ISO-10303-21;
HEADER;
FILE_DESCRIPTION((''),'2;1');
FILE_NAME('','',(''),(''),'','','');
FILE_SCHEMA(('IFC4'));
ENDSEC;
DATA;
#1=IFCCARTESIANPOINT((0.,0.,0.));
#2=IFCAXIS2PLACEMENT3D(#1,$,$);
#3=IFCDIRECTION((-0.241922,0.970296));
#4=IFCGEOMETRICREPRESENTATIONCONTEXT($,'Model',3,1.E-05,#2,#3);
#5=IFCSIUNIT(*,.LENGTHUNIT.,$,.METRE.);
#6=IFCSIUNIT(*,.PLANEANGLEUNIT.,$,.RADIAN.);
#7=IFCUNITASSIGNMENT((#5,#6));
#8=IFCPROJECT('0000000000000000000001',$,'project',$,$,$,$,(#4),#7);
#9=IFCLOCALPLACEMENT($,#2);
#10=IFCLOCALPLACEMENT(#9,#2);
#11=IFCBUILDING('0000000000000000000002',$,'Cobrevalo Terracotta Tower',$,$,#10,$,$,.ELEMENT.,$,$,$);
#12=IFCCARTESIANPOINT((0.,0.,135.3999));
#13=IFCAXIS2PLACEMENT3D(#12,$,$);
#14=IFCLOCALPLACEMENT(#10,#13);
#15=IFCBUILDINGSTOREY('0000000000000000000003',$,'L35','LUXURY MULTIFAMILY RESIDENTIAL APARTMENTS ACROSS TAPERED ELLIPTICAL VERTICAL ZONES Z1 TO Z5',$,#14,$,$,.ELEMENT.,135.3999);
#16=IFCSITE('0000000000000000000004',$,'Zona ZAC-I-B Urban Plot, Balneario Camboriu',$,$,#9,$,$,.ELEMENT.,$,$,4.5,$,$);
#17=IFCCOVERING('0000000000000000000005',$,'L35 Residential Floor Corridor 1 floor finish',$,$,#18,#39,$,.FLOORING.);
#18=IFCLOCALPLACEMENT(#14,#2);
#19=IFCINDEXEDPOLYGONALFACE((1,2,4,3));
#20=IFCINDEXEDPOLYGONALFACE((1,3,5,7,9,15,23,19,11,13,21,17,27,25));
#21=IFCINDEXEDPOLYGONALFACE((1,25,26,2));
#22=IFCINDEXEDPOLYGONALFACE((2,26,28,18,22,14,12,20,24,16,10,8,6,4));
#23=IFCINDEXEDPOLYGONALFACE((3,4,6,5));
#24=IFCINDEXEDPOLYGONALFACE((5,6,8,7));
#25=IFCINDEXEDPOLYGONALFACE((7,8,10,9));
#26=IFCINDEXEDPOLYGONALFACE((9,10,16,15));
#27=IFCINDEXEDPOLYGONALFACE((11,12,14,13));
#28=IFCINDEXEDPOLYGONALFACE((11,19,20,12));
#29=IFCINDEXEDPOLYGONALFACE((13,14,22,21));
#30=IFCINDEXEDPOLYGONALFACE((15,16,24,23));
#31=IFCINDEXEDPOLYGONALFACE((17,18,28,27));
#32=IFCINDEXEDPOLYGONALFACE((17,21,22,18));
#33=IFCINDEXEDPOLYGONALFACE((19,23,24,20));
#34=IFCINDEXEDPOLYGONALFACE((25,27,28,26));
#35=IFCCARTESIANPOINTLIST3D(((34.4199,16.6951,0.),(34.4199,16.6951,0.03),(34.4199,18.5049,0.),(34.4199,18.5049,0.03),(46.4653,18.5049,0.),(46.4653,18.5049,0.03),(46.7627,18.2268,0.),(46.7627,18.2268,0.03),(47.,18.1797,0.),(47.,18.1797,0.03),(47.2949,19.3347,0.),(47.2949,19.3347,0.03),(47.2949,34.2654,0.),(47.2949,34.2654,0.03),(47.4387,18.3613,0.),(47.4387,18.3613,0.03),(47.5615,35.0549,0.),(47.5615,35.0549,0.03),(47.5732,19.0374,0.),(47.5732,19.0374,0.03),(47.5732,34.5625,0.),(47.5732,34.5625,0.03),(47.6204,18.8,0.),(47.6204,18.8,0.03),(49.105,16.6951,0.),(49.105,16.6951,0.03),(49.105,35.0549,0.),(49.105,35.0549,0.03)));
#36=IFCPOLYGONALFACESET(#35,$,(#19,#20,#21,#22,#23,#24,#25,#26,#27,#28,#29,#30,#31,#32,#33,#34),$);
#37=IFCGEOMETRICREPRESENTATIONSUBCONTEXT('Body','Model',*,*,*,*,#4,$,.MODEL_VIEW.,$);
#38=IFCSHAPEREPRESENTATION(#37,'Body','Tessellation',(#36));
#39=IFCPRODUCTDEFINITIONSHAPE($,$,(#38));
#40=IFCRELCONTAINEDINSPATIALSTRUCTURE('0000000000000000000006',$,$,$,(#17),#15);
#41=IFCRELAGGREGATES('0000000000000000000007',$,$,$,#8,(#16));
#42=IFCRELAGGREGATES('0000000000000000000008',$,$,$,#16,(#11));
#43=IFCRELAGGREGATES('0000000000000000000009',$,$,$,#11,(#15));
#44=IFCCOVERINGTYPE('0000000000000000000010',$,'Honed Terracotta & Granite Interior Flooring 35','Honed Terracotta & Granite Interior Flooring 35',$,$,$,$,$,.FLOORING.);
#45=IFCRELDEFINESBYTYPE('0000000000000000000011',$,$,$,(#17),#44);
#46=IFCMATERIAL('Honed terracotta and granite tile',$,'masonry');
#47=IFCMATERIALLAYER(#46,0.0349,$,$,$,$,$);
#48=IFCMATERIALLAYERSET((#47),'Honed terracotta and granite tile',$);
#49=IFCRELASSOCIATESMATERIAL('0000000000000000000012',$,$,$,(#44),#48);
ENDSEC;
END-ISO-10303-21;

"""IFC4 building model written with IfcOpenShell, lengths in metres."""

from ifc_helpers import new_model, si_unit, direction, frame, origin, place, context, subcontext, project, spatial, polyline, outline, extrude, material, layer, layer_set, type_object, element, save


model = new_model("IFC4")

# Units and contexts
model_context = context("Model", 3, precision=1e-05, world=origin(), true_north=direction((-0.241922, 0.970296)))
body_context = subcontext(model_context, "Body", "Model", "MODEL_VIEW")
ifc_project = project(units=[si_unit("LENGTHUNIT", "METRE"), si_unit("PLANEANGLEUNIT", "RADIAN")], contexts=[model_context])

# Site, building, storey
site_placement = place(None, origin())
site = spatial("IfcSite", under=ifc_project, at=site_placement, Name="Zona ZAC-I-B Urban Plot, Balneario Camboriu", CompositionType="ELEMENT", RefElevation=4.5)
building_placement = place(site_placement, origin())
building = spatial("IfcBuilding", under=site, at=building_placement, Name="Cobrevalo Terracotta Tower", CompositionType="ELEMENT")
storey_placement = place(building_placement, frame((0.0, 0.0, 135.3999)))
storey = spatial("IfcBuildingStorey", under=building, at=storey_placement, Name="L35", Description="LUXURY MULTIFAMILY RESIDENTIAL APARTMENTS ACROSS TAPERED ELLIPTICAL VERTICAL ZONES Z1 TO Z5", CompositionType="ELEMENT", Elevation=135.3999)

# Covering
ifc_material_1 = material(Name="Honed terracotta and granite tile", Category="masonry")
ifc_layer_1 = layer(ifc_material_1, 0.0349)
ifc_layer_set_1 = layer_set([ifc_layer_1], Name="Honed terracotta and granite tile")
covering_type_1 = type_object("IfcCoveringType", Name="Honed Terracotta & Granite Interior Flooring 35", Description="Honed Terracotta & Granite Interior Flooring 35", PredefinedType="FLOORING", material=ifc_layer_set_1)
covering_1_placement = place(storey_placement, origin())
element("IfcCovering", 1, at=covering_1_placement, inside=storey, type_object=covering_type_1, Name="L35 Residential Floor Corridor 1 floor finish", PredefinedType="FLOORING", context=body_context, shape_type="SweptSolid", body=[
    extrude(outline(polyline([(34.4199, 18.5049), (46.4653, 18.5049), (46.7627, 18.2268), (47.0, 18.1797), (47.4387, 18.3613), (47.6204, 18.8), (47.5732, 19.0374), (47.2949, 19.3347), (47.2949, 34.2654), (47.5732, 34.5625), (47.5615, 35.0549), (49.105, 35.0549), (49.105, 16.6951), (34.4199, 16.6951), (34.4199, 18.5049)])), origin(), (0.0, 0.0, 1.0), 0.03),
])

save(model, "model.ifc")
